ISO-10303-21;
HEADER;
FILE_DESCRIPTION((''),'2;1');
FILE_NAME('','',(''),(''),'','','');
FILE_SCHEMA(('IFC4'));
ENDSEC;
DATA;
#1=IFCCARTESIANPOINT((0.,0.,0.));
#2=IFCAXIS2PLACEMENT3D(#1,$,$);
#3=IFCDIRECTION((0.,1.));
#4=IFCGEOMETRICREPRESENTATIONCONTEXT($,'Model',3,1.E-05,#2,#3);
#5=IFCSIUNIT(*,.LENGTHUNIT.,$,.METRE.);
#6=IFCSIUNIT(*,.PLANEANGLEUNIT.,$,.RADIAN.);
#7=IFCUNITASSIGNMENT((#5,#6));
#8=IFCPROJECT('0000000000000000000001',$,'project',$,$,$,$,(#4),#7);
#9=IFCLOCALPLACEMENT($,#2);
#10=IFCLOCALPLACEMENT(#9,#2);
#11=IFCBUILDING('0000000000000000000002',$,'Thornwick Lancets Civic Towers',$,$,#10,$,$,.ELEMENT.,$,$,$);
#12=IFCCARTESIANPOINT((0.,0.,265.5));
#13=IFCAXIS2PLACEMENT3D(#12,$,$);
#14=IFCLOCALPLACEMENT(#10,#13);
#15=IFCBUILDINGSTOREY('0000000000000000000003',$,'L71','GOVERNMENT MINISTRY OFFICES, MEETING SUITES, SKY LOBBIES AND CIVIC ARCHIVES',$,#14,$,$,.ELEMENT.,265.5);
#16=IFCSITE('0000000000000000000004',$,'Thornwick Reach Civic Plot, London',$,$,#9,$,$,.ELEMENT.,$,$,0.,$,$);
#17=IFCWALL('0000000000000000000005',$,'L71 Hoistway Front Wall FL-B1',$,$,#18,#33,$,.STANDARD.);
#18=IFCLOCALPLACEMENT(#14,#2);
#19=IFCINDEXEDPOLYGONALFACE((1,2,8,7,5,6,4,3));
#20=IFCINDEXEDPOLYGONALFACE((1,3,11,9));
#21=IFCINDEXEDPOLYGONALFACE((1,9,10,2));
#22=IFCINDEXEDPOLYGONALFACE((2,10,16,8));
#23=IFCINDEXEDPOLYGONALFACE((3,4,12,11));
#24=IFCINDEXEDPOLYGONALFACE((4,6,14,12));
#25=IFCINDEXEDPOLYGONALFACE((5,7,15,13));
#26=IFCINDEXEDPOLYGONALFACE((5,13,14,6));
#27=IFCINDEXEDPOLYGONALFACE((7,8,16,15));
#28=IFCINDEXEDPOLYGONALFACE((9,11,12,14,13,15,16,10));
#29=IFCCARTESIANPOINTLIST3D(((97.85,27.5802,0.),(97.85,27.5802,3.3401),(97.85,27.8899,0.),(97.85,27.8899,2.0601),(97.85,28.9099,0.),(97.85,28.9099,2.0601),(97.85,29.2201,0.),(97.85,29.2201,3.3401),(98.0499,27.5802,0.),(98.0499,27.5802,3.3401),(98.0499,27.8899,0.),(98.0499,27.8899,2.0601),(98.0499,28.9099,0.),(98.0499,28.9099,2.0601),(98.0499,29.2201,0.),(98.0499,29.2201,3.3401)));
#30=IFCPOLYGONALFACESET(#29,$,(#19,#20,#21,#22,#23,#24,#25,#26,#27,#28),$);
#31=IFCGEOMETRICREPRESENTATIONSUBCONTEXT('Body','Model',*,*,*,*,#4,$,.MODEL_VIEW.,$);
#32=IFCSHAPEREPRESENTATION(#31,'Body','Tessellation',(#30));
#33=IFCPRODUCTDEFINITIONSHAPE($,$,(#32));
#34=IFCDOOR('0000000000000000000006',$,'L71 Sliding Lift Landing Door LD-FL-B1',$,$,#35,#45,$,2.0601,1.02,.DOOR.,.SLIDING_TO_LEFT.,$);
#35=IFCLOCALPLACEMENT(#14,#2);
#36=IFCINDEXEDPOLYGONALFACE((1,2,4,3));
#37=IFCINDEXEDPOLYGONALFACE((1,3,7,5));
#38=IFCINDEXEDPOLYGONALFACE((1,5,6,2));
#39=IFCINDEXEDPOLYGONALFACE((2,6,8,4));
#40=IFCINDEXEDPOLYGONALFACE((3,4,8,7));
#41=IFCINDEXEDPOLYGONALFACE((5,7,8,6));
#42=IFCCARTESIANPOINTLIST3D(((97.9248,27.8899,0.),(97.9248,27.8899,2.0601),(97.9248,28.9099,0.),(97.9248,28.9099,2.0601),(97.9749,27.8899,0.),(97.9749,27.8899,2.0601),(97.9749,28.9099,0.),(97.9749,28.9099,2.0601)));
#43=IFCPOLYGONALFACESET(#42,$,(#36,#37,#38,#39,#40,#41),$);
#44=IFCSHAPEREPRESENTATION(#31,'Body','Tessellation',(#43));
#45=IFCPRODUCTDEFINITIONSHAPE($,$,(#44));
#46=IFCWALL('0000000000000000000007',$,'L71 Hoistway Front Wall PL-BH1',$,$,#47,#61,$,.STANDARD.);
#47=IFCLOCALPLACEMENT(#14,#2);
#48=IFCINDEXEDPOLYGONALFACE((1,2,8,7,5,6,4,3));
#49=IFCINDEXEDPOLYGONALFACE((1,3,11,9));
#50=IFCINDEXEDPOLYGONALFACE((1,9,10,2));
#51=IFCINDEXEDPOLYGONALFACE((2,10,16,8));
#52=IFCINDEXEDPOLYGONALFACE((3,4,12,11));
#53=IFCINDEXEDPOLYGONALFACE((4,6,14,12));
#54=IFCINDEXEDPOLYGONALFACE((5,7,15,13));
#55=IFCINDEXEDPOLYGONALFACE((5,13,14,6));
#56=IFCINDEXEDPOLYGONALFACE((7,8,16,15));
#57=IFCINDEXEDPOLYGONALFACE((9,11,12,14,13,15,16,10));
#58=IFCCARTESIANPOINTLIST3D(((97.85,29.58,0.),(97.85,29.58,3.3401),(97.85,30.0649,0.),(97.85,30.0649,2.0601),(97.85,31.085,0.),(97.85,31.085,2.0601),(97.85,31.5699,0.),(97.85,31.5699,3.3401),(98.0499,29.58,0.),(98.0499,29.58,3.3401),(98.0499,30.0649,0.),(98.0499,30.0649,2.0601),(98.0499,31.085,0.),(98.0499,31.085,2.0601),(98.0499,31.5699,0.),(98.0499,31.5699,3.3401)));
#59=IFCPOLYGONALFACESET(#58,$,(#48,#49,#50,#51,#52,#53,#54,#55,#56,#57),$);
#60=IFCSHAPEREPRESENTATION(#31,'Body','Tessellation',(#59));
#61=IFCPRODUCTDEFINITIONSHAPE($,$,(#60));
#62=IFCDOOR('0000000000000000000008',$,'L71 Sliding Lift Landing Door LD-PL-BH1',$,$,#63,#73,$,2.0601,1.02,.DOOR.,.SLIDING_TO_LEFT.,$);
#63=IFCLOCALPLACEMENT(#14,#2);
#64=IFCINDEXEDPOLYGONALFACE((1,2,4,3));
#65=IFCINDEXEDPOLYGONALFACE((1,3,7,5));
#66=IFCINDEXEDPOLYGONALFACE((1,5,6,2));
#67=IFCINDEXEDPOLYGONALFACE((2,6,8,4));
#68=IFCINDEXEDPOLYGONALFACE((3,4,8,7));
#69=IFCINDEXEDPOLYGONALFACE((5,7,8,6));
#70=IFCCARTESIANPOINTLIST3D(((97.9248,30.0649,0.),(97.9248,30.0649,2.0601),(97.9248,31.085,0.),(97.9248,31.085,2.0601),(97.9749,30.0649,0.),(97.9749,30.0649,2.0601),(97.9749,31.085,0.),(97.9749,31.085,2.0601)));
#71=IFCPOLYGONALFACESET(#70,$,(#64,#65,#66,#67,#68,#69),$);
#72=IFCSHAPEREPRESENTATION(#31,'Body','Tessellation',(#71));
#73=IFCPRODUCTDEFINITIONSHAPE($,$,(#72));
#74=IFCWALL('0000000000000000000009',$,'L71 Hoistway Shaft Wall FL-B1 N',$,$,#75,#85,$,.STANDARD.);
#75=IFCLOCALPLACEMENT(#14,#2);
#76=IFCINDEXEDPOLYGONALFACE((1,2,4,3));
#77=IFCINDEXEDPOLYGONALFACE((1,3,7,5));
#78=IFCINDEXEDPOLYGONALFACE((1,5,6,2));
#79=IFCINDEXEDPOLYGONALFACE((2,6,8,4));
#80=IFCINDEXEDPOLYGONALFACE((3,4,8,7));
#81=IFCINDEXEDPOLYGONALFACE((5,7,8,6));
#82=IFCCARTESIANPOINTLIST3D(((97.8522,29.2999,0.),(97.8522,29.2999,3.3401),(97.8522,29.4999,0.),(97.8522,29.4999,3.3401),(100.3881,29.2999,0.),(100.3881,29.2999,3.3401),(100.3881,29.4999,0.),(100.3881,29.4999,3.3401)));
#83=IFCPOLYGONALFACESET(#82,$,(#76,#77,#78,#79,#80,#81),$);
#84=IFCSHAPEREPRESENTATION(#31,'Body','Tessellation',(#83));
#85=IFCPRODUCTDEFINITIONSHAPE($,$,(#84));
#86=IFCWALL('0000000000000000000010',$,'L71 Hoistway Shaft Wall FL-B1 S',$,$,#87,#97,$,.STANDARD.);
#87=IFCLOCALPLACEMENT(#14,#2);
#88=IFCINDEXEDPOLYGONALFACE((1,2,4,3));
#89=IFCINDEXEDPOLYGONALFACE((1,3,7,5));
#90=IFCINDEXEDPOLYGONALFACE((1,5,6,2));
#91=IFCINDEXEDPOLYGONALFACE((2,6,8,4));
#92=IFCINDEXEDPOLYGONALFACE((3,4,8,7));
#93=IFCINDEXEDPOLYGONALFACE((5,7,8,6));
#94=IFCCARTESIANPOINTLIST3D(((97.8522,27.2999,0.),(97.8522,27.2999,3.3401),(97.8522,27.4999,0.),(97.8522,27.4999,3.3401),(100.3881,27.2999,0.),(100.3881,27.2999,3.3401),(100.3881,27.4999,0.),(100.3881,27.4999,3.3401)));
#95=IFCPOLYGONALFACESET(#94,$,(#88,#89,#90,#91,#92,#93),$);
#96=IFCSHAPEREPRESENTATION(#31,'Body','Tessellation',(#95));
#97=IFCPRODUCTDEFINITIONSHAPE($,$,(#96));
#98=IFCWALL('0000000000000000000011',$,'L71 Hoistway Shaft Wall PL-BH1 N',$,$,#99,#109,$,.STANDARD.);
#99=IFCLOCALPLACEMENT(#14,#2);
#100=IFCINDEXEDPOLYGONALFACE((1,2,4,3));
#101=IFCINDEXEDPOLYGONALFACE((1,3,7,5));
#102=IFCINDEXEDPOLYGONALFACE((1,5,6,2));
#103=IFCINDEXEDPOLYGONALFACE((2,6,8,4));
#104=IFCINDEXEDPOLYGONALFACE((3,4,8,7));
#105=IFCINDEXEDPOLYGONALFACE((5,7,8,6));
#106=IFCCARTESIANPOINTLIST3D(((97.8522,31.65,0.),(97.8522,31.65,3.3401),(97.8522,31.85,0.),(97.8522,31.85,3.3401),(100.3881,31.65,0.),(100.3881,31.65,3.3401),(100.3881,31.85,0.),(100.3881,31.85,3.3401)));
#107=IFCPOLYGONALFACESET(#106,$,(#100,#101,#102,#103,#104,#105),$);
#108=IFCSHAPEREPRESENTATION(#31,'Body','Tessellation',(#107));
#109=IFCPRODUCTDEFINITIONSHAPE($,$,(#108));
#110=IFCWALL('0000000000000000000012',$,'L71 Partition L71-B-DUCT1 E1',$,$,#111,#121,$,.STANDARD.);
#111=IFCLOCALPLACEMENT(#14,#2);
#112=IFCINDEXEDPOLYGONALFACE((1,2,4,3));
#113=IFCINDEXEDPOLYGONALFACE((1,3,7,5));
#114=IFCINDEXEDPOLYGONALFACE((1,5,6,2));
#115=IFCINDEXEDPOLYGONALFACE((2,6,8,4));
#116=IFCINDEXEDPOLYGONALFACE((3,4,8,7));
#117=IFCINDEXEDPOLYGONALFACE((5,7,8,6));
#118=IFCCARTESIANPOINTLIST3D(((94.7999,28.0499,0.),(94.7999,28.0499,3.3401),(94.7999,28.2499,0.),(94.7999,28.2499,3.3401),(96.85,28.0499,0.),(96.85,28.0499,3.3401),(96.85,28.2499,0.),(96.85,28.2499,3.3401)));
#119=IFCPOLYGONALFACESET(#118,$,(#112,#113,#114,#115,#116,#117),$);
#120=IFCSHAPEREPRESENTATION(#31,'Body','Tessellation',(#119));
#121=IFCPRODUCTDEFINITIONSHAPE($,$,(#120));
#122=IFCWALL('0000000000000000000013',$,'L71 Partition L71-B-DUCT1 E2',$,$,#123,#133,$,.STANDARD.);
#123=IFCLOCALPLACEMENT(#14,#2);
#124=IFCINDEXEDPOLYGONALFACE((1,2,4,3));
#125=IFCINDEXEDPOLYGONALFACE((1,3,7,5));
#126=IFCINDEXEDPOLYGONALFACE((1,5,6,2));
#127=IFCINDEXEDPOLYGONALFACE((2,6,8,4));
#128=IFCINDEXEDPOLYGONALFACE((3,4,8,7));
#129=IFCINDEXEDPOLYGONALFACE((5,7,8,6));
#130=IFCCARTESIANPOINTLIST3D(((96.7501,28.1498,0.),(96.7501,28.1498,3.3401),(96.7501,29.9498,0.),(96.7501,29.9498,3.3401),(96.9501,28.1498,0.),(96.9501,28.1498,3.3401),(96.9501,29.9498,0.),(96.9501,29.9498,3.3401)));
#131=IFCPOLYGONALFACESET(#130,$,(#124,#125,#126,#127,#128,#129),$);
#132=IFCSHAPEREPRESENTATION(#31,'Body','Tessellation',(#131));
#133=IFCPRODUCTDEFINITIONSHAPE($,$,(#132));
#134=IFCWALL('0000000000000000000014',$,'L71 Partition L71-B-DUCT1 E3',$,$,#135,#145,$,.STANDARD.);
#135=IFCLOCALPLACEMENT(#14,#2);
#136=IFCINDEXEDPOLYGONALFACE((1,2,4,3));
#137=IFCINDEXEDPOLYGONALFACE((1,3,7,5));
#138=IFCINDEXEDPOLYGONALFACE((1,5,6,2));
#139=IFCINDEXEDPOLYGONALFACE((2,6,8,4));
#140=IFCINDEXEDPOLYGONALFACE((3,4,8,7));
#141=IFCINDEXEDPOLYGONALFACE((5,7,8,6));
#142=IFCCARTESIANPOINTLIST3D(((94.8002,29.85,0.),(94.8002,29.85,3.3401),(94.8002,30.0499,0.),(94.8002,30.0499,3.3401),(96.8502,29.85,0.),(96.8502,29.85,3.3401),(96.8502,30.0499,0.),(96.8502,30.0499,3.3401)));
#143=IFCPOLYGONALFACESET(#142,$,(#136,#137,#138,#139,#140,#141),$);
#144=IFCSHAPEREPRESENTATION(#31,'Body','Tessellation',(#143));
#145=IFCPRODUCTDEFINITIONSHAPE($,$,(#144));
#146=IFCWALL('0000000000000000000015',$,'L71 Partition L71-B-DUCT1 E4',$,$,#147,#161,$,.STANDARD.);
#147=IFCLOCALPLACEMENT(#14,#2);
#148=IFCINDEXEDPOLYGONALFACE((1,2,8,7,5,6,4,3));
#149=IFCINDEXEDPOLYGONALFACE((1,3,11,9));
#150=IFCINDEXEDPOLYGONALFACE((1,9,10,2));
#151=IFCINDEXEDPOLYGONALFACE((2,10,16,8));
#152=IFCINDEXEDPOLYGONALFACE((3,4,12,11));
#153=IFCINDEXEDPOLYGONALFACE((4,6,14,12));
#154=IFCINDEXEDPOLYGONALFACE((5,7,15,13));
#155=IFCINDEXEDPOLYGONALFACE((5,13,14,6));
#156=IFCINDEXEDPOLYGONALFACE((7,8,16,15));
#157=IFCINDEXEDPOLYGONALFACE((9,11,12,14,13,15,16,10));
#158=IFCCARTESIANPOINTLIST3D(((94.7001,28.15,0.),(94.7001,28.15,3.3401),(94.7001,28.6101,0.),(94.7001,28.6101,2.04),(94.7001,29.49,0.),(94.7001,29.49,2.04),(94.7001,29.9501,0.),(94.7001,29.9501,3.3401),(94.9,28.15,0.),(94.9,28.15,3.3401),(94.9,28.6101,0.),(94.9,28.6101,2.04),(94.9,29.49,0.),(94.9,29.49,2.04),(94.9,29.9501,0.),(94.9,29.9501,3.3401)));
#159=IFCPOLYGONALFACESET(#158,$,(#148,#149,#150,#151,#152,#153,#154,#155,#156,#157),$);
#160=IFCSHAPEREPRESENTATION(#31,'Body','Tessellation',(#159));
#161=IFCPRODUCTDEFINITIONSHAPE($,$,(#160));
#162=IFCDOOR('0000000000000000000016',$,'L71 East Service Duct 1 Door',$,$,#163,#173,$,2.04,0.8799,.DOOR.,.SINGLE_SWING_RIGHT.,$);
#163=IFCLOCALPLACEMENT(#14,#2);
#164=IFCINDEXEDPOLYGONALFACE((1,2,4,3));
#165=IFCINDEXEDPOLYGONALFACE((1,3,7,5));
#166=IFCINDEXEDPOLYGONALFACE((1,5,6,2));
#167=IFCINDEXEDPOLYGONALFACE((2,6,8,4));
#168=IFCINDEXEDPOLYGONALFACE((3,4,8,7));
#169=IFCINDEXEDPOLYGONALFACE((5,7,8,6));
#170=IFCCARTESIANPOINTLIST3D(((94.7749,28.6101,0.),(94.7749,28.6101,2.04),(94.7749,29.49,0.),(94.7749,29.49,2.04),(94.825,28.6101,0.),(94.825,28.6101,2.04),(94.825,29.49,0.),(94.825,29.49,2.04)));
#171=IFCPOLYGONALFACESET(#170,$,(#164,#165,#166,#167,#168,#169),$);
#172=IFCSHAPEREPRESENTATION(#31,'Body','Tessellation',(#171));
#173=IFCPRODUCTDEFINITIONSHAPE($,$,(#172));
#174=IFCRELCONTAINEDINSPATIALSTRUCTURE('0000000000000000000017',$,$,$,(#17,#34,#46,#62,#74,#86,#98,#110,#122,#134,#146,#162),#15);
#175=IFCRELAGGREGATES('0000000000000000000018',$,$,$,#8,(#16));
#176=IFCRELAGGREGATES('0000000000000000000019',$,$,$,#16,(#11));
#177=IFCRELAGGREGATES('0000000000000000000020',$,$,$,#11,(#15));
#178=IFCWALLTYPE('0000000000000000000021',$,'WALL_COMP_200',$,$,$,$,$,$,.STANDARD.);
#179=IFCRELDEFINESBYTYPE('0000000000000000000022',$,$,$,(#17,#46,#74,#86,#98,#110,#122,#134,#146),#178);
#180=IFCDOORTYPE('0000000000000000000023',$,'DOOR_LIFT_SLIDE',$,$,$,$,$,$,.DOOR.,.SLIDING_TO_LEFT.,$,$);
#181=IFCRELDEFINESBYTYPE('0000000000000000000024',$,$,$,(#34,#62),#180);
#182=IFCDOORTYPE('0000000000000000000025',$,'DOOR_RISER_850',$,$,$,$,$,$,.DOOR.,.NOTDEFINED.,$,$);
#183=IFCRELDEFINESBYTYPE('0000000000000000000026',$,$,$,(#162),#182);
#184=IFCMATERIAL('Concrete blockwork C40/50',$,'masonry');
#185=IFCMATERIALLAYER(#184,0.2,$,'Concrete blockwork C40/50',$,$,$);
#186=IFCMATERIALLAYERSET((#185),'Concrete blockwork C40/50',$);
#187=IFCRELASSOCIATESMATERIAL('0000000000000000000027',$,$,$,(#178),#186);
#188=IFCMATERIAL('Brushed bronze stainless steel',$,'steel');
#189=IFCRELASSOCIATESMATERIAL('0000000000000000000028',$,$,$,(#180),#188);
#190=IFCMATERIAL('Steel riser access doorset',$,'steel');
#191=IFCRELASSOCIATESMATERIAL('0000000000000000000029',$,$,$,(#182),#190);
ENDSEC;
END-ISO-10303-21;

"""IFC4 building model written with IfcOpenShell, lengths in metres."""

from ifc_helpers import new_model, si_unit, direction, frame, frame_2d, origin, place, context, subcontext, project, spatial, rectangle, extrude, material, layer, layer_set, type_object, element, fill, save


model = new_model("IFC4")

# Units and contexts
model_context = context("Model", 3, precision=1e-05, world=origin(), true_north=direction((0.0, 1.0)))
body_context = subcontext(model_context, "Body", "Model", "MODEL_VIEW")
ifc_project = project(units=[si_unit("LENGTHUNIT", "METRE"), si_unit("PLANEANGLEUNIT", "RADIAN")], contexts=[model_context])

# Site, building, storey
site_placement = place(None, origin())
site = spatial("IfcSite", under=ifc_project, at=site_placement, Name="Thornwick Reach Civic Plot, London", CompositionType="ELEMENT", RefElevation=0.0)
building_placement = place(site_placement, origin())
building = spatial("IfcBuilding", under=site, at=building_placement, Name="Thornwick Lancets Civic Towers", CompositionType="ELEMENT")
storey_placement = place(building_placement, frame((0.0, 0.0, 265.5)))
storey = spatial("IfcBuildingStorey", under=building, at=storey_placement, Name="L71", Description="GOVERNMENT MINISTRY OFFICES, MEETING SUITES, SKY LOBBIES AND CIVIC ARCHIVES", CompositionType="ELEMENT", Elevation=265.5)

# Walls, openings, doors
ifc_material_1 = material(Name="Concrete blockwork C40/50", Category="masonry")
ifc_layer_1 = layer(ifc_material_1, 0.2, Name="Concrete blockwork C40/50")
ifc_layer_set_1 = layer_set([ifc_layer_1], Name="Concrete blockwork C40/50")
wall_type_1 = type_object("IfcWallType", Name="WALL_COMP_200", PredefinedType="STANDARD", material=ifc_layer_set_1)
wall_1_placement = place(storey_placement, frame((97.95, 29.22, 0.0), z_axis=(0.0, 0.0, 1.0), x_axis=(0.0, -1.0, 0.0)))
wall_1 = element("IfcWall", 1, at=wall_1_placement, inside=storey, type_object=wall_type_1, Name="L71 Hoistway Front Wall FL-B1", PredefinedType="STANDARD", context=body_context, shape_type="SweptSolid", body=[
    extrude(rectangle(XDim=1.6399, YDim=0.2, at=frame_2d((0.8198, 0.0))), origin(), (0.0, 0.0, 1.0), 3.3401),
])
opening_1_placement = place(wall_1_placement, frame((0.3101, 0.0, 0.0)))
opening_1 = element("IfcOpeningElement", 2, at=opening_1_placement, cuts=wall_1, PredefinedType="OPENING", context=body_context, shape_type="SweptSolid", body=[
    extrude(rectangle(XDim=1.02, YDim=2.0601, at=frame_2d((0.51, 1.03))), frame((0.0, 0.1099, 0.0), z_axis=(0.0, -1.0, 0.0), x_axis=(1.0, 0.0, 0.0)), (0.0, 0.0, 1.0), 0.22),
])
ifc_material_2 = material(Name="Brushed bronze stainless steel", Category="steel")
door_type_1 = type_object("IfcDoorType", Name="DOOR_LIFT_SLIDE", OperationType="SLIDING_TO_LEFT", PredefinedType="DOOR", material=ifc_material_2)
door_1_placement = place(opening_1_placement, origin())
door_1 = element("IfcDoor", 3, at=door_1_placement, inside=storey, type_object=door_type_1, Name="L71 Sliding Lift Landing Door LD-FL-B1", OperationType="SLIDING_TO_LEFT", OverallHeight=2.0601, OverallWidth=1.02, PredefinedType="DOOR", context=body_context, shape_type="SweptSolid", body=[
    extrude(rectangle(XDim=1.02, YDim=2.0601, at=frame_2d((0.51, 1.03))), frame((0.0, 0.0249, 0.0), z_axis=(0.0, -1.0, 0.0), x_axis=(1.0, 0.0, 0.0)), (0.0, 0.0, 1.0), 0.05),
])
fill(opening_1, door_1)
wall_2_placement = place(storey_placement, frame((97.95, 31.5701, 0.0), z_axis=(0.0, 0.0, 1.0), x_axis=(0.0, -1.0, 0.0)))
wall_2 = element("IfcWall", 4, at=wall_2_placement, inside=storey, type_object=wall_type_1, Name="L71 Hoistway Front Wall PL-BH1", PredefinedType="STANDARD", context=body_context, shape_type="SweptSolid", body=[
    extrude(rectangle(XDim=1.99, YDim=0.2, at=frame_2d((0.9951, 0.0))), origin(), (0.0, 0.0, 1.0), 3.3401),
])
opening_2_placement = place(wall_2_placement, frame((0.4851, 0.0, 0.0)))
opening_2 = element("IfcOpeningElement", 5, at=opening_2_placement, cuts=wall_2, PredefinedType="OPENING", context=body_context, shape_type="SweptSolid", body=[
    extrude(rectangle(XDim=1.02, YDim=2.0601, at=frame_2d((0.51, 1.03))), frame((0.0, 0.1099, 0.0), z_axis=(0.0, -1.0, 0.0), x_axis=(1.0, 0.0, 0.0)), (0.0, 0.0, 1.0), 0.22),
])
door_2_placement = place(opening_2_placement, origin())
door_2 = element("IfcDoor", 6, at=door_2_placement, inside=storey, type_object=door_type_1, Name="L71 Sliding Lift Landing Door LD-PL-BH1", OperationType="SLIDING_TO_LEFT", OverallHeight=2.0601, OverallWidth=1.02, PredefinedType="DOOR", context=body_context, shape_type="SweptSolid", body=[
    extrude(rectangle(XDim=1.02, YDim=2.0601, at=frame_2d((0.51, 1.03))), frame((0.0, 0.0249, 0.0), z_axis=(0.0, -1.0, 0.0), x_axis=(1.0, 0.0, 0.0)), (0.0, 0.0, 1.0), 0.05),
])
fill(opening_2, door_2)

# Walls
for number, where, z_axis, x_axis, name in (
    (7, (97.8521, 29.3999, 0.0), (0.0, 0.0, 1.0), (1.0, 0.0, 0.0), "L71 Hoistway Shaft Wall FL-B1 N"),
    (8, (97.8521, 27.3999, 0.0), (0.0, 0.0, 1.0), (1.0, 0.0, 0.0), "L71 Hoistway Shaft Wall FL-B1 S"),
    (9, (97.8521, 31.75, 0.0), (0.0, 0.0, 1.0), (1.0, 0.0, 0.0), "L71 Hoistway Shaft Wall PL-BH1 N"),
):
    element("IfcWall", number, at=place(storey_placement, frame(where, z_axis=z_axis, x_axis=x_axis)), inside=storey, type_object=wall_type_1, Name=name, PredefinedType="STANDARD", context=body_context, shape_type="SweptSolid", body=[
        extrude(rectangle(XDim=2.5359, YDim=0.2, at=frame_2d((1.2681, 0.0))), origin(), (0.0, 0.0, 1.0), 3.3401),
    ])
wall_3_placement = place(storey_placement, frame((94.8, 28.1499, 0.0), z_axis=(0.0, 0.0, 1.0), x_axis=(1.0, 0.0, 0.0)))
element("IfcWall", 10, at=wall_3_placement, inside=storey, type_object=wall_type_1, Name="L71 Partition L71-B-DUCT1 E1", PredefinedType="STANDARD", context=body_context, shape_type="SweptSolid", body=[
    extrude(rectangle(XDim=2.05, YDim=0.2, at=frame_2d((1.0249, 0.0))), origin(), (0.0, 0.0, 1.0), 3.3401),
])
wall_4_placement = place(storey_placement, frame((96.8501, 28.1499, 0.0), z_axis=(0.0, 0.0, 1.0), x_axis=(0.0, 1.0, 0.0)))
element("IfcWall", 11, at=wall_4_placement, inside=storey, type_object=wall_type_1, Name="L71 Partition L71-B-DUCT1 E2", PredefinedType="STANDARD", context=body_context, shape_type="SweptSolid", body=[
    extrude(rectangle(XDim=1.8, YDim=0.2, at=frame_2d((0.8999, 0.0))), origin(), (0.0, 0.0, 1.0), 3.3401),
])
wall_5_placement = place(storey_placement, frame((96.8501, 29.95, 0.0), z_axis=(0.0, 0.0, 1.0), x_axis=(-1.0, 0.0, 0.0)))
element("IfcWall", 12, at=wall_5_placement, inside=storey, type_object=wall_type_1, Name="L71 Partition L71-B-DUCT1 E3", PredefinedType="STANDARD", context=body_context, shape_type="SweptSolid", body=[
    extrude(rectangle(XDim=2.05, YDim=0.2, at=frame_2d((1.0249, 0.0))), origin(), (0.0, 0.0, 1.0), 3.3401),
])

# Wall, opening, door
wall_6_placement = place(storey_placement, frame((94.8, 29.95, 0.0), z_axis=(0.0, 0.0, 1.0), x_axis=(0.0, -1.0, 0.0)))
wall_6 = element("IfcWall", 13, at=wall_6_placement, inside=storey, type_object=wall_type_1, Name="L71 Partition L71-B-DUCT1 E4", PredefinedType="STANDARD", context=body_context, shape_type="SweptSolid", body=[
    extrude(rectangle(XDim=1.8, YDim=0.2, at=frame_2d((0.8999, 0.0))), origin(), (0.0, 0.0, 1.0), 3.3401),
])
opening_3_placement = place(wall_6_placement, frame((0.46, 0.0, 0.0)))
opening_3 = element("IfcOpeningElement", 14, at=opening_3_placement, cuts=wall_6, PredefinedType="OPENING", context=body_context, shape_type="SweptSolid", body=[
    extrude(rectangle(XDim=0.8799, YDim=2.04, at=frame_2d((0.4399, 1.02))), frame((0.0, 0.1099, 0.0), z_axis=(0.0, -1.0, 0.0), x_axis=(1.0, 0.0, 0.0)), (0.0, 0.0, 1.0), 0.22),
])
ifc_material_3 = material(Name="Steel riser access doorset", Category="steel")
door_type_2 = type_object("IfcDoorType", Name="DOOR_RISER_850", OperationType="NOTDEFINED", PredefinedType="DOOR", material=ifc_material_3)
door_3_placement = place(opening_3_placement, origin())
door_3 = element("IfcDoor", 15, at=door_3_placement, inside=storey, type_object=door_type_2, Name="L71 East Service Duct 1 Door", OperationType="SINGLE_SWING_RIGHT", OverallHeight=2.04, OverallWidth=0.8799, PredefinedType="DOOR", context=body_context, shape_type="SweptSolid", body=[
    extrude(rectangle(XDim=0.8799, YDim=2.04, at=frame_2d((0.4399, 1.02))), frame((0.0, 0.0249, 0.0), z_axis=(0.0, -1.0, 0.0), x_axis=(1.0, 0.0, 0.0)), (0.0, 0.0, 1.0), 0.05),
])
fill(opening_3, door_3)

save(model, "model.ifc")
